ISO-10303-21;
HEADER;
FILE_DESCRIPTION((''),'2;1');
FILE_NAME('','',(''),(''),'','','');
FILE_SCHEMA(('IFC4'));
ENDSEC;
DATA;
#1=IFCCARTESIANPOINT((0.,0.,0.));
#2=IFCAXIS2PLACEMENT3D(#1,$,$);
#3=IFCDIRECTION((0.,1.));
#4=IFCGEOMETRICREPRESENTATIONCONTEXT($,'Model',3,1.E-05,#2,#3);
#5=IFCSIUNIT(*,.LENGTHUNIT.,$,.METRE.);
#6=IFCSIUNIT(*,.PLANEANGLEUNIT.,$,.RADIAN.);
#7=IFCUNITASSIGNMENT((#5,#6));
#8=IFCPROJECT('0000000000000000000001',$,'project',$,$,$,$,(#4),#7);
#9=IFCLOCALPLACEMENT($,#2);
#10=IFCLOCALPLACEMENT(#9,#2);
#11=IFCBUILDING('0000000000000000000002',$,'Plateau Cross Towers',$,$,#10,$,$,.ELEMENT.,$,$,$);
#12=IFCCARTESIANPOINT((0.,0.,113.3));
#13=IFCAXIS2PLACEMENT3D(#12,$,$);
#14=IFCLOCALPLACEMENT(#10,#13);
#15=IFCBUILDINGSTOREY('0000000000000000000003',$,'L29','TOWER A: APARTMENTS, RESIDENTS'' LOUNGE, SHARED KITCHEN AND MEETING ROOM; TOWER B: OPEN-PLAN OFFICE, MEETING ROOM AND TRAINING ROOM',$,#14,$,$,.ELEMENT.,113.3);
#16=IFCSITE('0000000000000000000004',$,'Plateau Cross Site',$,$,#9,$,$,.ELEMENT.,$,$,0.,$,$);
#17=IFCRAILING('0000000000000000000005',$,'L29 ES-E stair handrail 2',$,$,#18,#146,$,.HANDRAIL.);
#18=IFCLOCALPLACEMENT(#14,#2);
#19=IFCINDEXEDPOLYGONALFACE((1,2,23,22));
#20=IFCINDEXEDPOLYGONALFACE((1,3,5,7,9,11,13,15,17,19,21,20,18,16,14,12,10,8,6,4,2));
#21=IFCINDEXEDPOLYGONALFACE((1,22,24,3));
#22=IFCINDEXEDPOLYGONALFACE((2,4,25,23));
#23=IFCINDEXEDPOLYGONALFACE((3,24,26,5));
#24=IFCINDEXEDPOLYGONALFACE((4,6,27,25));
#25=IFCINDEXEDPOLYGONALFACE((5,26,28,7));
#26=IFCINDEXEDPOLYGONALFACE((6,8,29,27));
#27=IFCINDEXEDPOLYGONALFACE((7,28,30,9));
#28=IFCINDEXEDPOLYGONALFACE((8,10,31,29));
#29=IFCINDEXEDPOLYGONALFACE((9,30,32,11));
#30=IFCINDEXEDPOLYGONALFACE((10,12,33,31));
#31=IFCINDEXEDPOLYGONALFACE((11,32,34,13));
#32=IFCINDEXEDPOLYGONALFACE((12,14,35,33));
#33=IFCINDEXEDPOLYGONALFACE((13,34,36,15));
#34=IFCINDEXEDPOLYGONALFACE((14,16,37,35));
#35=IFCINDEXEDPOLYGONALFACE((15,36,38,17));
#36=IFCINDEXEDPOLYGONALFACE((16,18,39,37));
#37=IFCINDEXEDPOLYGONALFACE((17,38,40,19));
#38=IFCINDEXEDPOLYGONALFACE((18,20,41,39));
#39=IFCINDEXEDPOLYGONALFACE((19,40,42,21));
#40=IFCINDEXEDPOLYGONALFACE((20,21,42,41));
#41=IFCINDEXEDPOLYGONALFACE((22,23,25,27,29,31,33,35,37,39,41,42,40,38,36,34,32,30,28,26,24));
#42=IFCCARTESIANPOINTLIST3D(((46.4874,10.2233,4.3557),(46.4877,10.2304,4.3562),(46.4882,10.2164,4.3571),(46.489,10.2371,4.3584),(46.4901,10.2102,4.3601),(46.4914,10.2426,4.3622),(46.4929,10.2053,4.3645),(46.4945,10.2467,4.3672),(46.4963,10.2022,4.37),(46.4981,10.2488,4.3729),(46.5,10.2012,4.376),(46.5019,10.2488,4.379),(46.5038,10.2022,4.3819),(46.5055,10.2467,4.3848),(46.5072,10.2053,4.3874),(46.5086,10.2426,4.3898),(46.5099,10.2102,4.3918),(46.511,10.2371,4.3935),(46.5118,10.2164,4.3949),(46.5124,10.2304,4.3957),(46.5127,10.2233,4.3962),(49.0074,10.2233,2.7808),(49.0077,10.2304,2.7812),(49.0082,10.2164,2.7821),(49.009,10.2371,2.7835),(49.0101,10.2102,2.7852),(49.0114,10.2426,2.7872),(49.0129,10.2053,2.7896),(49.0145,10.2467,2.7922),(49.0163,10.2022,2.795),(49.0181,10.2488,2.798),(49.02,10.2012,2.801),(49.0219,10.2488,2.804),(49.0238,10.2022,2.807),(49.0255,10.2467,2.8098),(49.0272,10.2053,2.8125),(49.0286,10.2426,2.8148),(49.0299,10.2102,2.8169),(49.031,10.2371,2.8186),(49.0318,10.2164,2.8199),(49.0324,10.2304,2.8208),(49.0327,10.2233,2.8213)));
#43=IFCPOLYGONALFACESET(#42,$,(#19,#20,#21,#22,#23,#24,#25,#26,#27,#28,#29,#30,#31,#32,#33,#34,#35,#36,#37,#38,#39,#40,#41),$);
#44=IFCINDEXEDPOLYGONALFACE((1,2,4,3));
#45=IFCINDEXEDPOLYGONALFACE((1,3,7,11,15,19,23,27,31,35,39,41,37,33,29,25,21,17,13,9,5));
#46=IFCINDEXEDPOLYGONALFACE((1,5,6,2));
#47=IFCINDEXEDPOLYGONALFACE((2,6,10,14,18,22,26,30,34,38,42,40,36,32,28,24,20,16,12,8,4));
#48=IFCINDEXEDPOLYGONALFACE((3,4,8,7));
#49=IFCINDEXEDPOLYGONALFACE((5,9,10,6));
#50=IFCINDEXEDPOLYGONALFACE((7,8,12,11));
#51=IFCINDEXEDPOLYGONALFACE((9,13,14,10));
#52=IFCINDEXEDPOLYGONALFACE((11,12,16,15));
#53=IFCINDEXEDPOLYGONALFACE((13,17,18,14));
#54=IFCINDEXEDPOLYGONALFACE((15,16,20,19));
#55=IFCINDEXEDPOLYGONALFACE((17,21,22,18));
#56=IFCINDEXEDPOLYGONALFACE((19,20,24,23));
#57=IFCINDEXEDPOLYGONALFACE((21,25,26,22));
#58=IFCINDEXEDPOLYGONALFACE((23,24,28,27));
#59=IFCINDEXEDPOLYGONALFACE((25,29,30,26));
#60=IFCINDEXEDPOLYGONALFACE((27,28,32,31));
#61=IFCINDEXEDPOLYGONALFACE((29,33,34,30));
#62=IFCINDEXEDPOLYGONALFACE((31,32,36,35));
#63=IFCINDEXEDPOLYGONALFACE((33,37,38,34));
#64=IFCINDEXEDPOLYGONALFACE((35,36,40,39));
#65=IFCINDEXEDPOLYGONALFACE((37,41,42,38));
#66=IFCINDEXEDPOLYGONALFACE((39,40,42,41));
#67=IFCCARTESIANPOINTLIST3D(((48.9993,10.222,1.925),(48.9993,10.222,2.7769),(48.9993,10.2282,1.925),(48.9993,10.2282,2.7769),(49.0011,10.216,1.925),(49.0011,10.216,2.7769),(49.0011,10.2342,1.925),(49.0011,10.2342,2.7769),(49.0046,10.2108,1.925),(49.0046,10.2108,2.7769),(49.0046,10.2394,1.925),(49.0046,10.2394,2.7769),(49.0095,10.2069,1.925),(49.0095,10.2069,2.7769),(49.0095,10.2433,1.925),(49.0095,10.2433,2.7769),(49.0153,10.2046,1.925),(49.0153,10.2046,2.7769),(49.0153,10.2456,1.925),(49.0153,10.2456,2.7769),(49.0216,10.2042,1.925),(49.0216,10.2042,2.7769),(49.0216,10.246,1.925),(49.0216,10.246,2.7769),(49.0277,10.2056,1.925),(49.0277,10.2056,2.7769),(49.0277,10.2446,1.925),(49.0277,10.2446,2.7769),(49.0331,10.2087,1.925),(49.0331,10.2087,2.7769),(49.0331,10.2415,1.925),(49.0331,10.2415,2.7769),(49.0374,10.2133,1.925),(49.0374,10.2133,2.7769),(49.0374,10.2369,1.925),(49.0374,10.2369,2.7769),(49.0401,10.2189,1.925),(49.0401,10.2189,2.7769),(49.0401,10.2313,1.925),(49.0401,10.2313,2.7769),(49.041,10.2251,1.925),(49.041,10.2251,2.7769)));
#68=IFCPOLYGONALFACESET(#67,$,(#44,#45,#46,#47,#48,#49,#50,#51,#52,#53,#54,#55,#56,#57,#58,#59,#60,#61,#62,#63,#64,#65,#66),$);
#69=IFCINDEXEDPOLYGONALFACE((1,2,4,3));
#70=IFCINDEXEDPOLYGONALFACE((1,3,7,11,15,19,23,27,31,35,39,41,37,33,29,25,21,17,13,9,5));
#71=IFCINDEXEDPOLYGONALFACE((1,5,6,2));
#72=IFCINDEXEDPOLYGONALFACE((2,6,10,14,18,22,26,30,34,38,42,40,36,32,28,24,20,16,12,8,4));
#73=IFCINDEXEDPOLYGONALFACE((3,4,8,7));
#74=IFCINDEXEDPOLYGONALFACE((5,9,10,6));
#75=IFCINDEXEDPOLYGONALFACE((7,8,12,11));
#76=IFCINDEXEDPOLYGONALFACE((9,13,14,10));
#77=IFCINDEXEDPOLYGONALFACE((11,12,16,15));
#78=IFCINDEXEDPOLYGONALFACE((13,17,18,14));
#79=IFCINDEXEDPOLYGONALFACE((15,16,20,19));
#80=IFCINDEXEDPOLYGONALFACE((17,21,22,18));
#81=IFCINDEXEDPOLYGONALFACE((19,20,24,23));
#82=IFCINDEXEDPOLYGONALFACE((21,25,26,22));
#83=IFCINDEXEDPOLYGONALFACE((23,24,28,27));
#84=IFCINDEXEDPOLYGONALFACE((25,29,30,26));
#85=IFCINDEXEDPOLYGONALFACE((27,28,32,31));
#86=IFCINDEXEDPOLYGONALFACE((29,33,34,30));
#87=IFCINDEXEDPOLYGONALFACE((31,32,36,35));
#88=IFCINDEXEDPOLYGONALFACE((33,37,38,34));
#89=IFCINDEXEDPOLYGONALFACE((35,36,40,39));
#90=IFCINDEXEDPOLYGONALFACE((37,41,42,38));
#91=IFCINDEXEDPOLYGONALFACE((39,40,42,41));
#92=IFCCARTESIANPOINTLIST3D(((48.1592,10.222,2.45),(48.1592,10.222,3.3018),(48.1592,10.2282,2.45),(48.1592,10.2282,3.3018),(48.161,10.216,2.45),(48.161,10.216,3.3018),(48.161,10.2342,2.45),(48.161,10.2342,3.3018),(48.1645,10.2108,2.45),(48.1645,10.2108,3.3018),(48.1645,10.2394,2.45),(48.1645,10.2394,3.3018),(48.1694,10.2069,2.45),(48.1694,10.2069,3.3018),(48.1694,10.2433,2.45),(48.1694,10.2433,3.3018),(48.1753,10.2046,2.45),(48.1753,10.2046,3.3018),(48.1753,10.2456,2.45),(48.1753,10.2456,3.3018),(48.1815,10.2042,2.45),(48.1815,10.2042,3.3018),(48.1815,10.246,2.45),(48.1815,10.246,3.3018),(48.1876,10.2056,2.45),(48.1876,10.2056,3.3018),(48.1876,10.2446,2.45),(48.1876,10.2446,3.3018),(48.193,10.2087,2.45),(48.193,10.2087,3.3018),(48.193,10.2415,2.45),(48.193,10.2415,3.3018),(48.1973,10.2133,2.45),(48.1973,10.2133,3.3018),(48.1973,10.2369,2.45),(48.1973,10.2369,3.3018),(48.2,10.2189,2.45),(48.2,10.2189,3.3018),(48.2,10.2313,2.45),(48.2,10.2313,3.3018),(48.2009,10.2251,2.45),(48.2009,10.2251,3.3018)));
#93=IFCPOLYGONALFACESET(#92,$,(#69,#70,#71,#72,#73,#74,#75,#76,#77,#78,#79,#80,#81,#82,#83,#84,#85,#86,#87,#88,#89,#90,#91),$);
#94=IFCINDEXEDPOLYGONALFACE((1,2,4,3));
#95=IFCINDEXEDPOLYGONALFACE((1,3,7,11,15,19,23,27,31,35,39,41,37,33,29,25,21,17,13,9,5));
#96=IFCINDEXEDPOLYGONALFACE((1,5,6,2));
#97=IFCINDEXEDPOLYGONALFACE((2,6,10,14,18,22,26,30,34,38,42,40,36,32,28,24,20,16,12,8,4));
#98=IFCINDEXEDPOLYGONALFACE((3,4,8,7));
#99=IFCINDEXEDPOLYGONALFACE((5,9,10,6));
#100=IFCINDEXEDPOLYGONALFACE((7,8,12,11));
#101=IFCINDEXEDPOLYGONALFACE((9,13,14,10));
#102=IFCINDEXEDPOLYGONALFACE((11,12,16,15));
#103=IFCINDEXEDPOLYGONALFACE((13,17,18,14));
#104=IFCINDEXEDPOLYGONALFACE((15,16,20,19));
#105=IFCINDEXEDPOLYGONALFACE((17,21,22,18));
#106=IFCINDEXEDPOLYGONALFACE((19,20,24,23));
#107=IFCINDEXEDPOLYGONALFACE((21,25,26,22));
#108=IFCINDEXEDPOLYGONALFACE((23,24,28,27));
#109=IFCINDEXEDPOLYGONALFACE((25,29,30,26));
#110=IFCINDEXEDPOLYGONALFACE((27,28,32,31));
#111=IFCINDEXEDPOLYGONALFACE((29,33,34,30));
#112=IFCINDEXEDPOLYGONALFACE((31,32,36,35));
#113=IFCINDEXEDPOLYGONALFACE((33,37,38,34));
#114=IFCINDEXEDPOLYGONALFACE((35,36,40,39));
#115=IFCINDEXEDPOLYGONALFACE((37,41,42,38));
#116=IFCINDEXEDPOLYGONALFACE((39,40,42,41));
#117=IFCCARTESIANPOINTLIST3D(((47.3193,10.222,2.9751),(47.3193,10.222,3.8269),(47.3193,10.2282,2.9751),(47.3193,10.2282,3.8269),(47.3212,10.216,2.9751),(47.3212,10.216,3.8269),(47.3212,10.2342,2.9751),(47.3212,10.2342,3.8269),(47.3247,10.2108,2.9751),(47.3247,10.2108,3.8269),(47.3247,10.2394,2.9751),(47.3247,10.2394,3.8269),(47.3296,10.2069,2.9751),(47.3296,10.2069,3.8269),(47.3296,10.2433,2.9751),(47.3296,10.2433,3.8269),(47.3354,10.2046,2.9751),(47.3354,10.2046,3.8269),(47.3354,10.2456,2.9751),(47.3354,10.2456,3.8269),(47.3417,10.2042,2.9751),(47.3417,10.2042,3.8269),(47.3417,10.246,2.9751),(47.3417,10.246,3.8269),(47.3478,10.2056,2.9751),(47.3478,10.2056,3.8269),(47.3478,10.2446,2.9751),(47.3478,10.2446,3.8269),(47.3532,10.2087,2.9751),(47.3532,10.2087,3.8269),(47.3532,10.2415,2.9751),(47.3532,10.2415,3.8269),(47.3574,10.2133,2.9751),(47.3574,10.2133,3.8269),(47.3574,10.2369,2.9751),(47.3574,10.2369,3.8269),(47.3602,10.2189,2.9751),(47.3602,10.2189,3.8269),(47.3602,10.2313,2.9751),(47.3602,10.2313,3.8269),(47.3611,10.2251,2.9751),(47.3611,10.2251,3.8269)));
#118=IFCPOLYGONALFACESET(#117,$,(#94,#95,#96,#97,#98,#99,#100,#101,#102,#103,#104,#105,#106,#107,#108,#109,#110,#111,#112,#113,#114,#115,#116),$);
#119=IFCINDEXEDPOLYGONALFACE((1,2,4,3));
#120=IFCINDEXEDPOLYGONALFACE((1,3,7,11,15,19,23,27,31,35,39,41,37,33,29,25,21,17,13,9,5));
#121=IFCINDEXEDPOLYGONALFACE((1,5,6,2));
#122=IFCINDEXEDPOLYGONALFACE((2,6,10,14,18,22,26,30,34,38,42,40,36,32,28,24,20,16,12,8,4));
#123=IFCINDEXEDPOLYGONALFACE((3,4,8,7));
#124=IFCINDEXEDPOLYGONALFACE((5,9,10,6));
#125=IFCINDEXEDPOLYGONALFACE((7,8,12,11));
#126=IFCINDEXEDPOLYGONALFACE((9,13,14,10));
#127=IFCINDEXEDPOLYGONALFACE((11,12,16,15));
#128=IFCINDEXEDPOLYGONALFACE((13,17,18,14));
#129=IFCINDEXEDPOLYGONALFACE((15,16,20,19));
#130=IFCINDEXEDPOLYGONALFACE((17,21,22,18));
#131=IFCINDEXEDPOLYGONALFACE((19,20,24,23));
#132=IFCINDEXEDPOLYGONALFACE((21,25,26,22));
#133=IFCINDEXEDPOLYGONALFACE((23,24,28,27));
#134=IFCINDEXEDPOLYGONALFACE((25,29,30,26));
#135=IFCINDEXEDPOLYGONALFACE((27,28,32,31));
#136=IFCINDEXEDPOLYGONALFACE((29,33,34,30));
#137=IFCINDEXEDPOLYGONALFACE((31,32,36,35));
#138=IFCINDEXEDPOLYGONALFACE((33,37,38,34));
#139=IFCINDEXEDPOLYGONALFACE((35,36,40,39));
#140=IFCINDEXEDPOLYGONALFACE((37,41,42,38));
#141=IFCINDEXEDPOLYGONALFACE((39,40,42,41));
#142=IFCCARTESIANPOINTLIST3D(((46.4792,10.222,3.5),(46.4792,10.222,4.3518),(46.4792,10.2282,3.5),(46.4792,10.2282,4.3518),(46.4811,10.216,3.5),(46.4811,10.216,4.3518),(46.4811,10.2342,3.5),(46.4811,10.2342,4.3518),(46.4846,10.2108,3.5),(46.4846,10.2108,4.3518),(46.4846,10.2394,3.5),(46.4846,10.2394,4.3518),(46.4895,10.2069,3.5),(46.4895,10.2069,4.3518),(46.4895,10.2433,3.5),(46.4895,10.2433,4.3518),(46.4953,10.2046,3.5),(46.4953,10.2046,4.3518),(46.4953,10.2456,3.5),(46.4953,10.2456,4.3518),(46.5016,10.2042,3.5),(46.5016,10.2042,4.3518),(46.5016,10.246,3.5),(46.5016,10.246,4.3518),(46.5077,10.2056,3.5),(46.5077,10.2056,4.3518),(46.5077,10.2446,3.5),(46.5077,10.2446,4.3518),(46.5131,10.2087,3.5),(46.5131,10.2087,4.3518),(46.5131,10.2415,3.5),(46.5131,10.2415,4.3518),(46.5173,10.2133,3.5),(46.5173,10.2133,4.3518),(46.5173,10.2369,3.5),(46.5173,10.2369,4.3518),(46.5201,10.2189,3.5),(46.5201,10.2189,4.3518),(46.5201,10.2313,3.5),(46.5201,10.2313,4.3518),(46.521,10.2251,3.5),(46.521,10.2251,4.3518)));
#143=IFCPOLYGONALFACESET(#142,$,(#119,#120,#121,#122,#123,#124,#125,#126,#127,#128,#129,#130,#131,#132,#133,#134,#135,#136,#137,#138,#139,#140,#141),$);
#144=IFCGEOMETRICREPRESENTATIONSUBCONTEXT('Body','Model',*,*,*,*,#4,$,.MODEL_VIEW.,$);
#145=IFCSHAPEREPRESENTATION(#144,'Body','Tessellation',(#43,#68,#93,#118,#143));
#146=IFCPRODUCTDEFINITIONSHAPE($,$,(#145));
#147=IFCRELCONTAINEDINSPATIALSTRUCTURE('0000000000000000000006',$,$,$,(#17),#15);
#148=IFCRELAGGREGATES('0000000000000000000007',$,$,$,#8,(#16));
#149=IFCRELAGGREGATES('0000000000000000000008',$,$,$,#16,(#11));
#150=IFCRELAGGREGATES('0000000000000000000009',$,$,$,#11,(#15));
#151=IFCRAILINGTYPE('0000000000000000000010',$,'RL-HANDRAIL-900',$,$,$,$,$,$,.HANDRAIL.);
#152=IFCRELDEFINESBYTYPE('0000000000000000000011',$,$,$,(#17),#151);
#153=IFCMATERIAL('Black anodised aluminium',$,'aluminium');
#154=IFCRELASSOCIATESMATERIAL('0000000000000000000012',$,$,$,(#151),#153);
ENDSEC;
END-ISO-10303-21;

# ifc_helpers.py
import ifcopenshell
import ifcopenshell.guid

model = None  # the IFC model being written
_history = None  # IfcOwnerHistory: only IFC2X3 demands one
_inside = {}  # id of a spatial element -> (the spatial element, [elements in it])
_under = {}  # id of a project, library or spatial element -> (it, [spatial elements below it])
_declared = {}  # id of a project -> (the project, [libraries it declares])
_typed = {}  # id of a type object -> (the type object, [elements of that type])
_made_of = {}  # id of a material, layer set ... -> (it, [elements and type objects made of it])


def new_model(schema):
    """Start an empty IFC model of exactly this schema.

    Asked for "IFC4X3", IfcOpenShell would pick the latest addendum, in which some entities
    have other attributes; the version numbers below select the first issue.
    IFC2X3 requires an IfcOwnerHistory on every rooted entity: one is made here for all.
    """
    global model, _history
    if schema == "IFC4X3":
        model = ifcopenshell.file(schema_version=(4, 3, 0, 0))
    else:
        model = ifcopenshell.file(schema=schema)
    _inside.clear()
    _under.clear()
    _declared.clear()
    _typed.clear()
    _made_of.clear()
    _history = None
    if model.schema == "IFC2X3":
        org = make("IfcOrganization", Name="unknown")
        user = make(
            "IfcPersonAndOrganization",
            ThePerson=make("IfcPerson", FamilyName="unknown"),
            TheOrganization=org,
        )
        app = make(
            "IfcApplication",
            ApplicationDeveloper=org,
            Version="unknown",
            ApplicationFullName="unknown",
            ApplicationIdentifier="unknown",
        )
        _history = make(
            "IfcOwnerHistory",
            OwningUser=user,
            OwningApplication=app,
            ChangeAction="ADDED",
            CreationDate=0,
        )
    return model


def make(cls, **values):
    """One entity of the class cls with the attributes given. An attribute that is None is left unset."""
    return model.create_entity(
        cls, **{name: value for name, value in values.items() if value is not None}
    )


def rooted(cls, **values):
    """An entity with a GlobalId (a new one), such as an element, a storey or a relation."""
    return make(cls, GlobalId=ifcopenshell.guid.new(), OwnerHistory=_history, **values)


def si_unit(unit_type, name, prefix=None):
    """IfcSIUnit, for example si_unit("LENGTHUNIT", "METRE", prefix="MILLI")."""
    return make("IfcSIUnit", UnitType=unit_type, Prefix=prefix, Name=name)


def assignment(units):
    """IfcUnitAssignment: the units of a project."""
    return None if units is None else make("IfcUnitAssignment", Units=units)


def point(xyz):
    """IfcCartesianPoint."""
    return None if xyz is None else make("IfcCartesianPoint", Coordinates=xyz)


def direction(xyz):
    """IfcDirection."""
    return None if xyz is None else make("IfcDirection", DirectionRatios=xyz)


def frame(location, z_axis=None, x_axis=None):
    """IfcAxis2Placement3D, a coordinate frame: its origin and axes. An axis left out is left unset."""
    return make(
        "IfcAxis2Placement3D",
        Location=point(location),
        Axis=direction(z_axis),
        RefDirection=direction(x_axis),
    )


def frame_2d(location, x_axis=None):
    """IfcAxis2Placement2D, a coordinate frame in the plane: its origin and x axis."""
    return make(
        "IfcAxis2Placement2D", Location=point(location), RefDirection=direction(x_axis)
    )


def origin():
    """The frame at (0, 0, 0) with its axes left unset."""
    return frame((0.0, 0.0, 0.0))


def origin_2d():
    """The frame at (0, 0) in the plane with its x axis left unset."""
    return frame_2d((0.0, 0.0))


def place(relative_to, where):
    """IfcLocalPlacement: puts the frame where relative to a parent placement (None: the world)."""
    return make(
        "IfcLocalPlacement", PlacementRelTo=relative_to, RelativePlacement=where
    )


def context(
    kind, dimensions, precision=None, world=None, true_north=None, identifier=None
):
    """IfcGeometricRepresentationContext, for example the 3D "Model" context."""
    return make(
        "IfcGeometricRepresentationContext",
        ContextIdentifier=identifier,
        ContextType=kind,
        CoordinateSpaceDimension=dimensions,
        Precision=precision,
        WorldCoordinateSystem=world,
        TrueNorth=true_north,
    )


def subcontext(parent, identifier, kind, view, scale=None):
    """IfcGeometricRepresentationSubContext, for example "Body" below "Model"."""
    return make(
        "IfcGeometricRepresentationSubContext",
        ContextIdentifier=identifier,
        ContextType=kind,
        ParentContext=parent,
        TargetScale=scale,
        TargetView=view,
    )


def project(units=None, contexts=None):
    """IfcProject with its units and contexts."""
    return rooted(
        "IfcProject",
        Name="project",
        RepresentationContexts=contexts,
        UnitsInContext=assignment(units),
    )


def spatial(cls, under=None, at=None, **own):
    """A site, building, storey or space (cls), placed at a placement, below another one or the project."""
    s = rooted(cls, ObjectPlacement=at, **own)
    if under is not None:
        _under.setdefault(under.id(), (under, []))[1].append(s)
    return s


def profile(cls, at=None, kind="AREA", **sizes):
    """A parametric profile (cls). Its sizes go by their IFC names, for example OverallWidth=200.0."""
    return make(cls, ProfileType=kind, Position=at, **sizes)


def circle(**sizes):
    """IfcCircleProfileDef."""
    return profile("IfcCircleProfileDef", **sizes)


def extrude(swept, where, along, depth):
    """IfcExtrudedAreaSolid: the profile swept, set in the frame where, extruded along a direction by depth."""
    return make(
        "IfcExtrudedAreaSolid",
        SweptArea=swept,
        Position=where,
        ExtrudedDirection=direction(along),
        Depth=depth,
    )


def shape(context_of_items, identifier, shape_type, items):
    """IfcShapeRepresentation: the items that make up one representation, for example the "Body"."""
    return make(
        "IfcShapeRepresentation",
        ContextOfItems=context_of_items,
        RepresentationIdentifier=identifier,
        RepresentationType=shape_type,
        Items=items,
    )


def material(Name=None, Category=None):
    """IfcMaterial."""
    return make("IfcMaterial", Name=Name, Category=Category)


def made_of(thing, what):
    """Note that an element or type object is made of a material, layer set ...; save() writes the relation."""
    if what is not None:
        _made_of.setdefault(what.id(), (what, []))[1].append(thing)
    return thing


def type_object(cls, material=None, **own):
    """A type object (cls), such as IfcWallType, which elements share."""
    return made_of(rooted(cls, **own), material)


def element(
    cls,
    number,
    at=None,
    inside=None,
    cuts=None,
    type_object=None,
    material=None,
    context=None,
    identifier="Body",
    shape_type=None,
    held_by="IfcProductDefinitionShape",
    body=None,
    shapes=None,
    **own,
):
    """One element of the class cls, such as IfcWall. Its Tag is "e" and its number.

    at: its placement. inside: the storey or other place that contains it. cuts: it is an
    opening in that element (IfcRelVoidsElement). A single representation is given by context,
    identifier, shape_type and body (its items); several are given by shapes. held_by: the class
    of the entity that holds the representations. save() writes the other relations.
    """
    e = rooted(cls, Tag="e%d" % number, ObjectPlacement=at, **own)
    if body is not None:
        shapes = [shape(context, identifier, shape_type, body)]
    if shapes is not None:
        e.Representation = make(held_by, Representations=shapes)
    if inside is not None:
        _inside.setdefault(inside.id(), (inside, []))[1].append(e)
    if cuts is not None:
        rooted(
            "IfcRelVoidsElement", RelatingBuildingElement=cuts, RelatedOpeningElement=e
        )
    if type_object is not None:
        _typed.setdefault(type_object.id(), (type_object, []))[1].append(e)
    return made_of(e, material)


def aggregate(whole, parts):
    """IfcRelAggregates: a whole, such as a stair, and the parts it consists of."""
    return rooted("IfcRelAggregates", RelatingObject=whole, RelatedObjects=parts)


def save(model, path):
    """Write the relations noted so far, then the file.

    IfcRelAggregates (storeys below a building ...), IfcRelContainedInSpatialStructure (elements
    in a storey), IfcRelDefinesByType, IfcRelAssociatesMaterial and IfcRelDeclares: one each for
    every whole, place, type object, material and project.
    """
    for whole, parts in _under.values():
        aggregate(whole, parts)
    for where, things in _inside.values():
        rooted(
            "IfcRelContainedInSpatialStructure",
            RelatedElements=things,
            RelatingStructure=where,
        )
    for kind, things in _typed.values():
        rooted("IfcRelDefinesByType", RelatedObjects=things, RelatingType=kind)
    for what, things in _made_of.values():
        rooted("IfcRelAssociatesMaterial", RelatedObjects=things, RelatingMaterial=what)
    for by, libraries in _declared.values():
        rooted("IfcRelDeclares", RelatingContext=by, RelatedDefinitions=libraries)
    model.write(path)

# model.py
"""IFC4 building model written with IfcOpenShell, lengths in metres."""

from ifc_helpers import new_model, si_unit, direction, frame, origin, origin_2d, place, context, subcontext, project, spatial, circle, extrude, material, type_object, element, save


model = new_model("IFC4")

# Units and contexts
model_context = context("Model", 3, precision=1e-05, world=origin(), true_north=direction((0.0, 1.0)))
body_context = subcontext(model_context, "Body", "Model", "MODEL_VIEW")
ifc_project = project(units=[si_unit("LENGTHUNIT", "METRE"), si_unit("PLANEANGLEUNIT", "RADIAN")], contexts=[model_context])

# Site, building, storey
site_placement = place(None, origin())
site = spatial("IfcSite", under=ifc_project, at=site_placement, Name="Plateau Cross Site", CompositionType="ELEMENT", RefElevation=0.0)
building_placement = place(site_placement, origin())
building = spatial("IfcBuilding", under=site, at=building_placement, Name="Plateau Cross Towers", CompositionType="ELEMENT")
storey_placement = place(building_placement, frame((0.0, 0.0, 113.3)))
storey = spatial("IfcBuildingStorey", under=building, at=storey_placement, Name="L29", Description="TOWER A: APARTMENTS, RESIDENTS' LOUNGE, SHARED KITCHEN AND MEETING ROOM; TOWER B: OPEN-PLAN OFFICE, MEETING ROOM AND TRAINING ROOM", CompositionType="ELEMENT", Elevation=113.3)

# Shared definitions
ifc_material_1 = material(Name="Black anodised aluminium", Category="aluminium")

# Railing
railing_type_1 = type_object("IfcRailingType", Name="RL-HANDRAIL-900", PredefinedType="HANDRAIL", material=ifc_material_1)
railing_1_placement = place(storey_placement, frame((49.02, 10.2251, 1.925)))
element("IfcRailing", 1, at=railing_1_placement, inside=storey, type_object=railing_type_1, Name="L29 ES-E stair handrail 2", PredefinedType="HANDRAIL", context=body_context, shape_type="SweptSolid", body=[
    extrude(circle(Radius=0.0239, at=origin_2d()), frame((0.0, 0.0, 0.876), z_axis=(-0.848008, 0.0, 0.529984), x_axis=(0.0, -1.0, 0.0)), (0.0, 0.0, 1.0), 2.9717),
    extrude(circle(Radius=0.021, at=origin_2d()), origin(), (0.0, 0.0, 1.0), 0.8518),
    extrude(circle(Radius=0.021, at=origin_2d()), frame((-0.8401, 0.0, 0.5249)), (0.0, 0.0, 1.0), 0.8518),
    extrude(circle(Radius=0.021, at=origin_2d()), frame((-1.6799, 0.0, 1.05)), (0.0, 0.0, 1.0), 0.8518),
    extrude(circle(Radius=0.021, at=origin_2d()), frame((-2.52, 0.0, 1.575)), (0.0, 0.0, 1.0), 0.8518),
])

save(model, "model.ifc")
